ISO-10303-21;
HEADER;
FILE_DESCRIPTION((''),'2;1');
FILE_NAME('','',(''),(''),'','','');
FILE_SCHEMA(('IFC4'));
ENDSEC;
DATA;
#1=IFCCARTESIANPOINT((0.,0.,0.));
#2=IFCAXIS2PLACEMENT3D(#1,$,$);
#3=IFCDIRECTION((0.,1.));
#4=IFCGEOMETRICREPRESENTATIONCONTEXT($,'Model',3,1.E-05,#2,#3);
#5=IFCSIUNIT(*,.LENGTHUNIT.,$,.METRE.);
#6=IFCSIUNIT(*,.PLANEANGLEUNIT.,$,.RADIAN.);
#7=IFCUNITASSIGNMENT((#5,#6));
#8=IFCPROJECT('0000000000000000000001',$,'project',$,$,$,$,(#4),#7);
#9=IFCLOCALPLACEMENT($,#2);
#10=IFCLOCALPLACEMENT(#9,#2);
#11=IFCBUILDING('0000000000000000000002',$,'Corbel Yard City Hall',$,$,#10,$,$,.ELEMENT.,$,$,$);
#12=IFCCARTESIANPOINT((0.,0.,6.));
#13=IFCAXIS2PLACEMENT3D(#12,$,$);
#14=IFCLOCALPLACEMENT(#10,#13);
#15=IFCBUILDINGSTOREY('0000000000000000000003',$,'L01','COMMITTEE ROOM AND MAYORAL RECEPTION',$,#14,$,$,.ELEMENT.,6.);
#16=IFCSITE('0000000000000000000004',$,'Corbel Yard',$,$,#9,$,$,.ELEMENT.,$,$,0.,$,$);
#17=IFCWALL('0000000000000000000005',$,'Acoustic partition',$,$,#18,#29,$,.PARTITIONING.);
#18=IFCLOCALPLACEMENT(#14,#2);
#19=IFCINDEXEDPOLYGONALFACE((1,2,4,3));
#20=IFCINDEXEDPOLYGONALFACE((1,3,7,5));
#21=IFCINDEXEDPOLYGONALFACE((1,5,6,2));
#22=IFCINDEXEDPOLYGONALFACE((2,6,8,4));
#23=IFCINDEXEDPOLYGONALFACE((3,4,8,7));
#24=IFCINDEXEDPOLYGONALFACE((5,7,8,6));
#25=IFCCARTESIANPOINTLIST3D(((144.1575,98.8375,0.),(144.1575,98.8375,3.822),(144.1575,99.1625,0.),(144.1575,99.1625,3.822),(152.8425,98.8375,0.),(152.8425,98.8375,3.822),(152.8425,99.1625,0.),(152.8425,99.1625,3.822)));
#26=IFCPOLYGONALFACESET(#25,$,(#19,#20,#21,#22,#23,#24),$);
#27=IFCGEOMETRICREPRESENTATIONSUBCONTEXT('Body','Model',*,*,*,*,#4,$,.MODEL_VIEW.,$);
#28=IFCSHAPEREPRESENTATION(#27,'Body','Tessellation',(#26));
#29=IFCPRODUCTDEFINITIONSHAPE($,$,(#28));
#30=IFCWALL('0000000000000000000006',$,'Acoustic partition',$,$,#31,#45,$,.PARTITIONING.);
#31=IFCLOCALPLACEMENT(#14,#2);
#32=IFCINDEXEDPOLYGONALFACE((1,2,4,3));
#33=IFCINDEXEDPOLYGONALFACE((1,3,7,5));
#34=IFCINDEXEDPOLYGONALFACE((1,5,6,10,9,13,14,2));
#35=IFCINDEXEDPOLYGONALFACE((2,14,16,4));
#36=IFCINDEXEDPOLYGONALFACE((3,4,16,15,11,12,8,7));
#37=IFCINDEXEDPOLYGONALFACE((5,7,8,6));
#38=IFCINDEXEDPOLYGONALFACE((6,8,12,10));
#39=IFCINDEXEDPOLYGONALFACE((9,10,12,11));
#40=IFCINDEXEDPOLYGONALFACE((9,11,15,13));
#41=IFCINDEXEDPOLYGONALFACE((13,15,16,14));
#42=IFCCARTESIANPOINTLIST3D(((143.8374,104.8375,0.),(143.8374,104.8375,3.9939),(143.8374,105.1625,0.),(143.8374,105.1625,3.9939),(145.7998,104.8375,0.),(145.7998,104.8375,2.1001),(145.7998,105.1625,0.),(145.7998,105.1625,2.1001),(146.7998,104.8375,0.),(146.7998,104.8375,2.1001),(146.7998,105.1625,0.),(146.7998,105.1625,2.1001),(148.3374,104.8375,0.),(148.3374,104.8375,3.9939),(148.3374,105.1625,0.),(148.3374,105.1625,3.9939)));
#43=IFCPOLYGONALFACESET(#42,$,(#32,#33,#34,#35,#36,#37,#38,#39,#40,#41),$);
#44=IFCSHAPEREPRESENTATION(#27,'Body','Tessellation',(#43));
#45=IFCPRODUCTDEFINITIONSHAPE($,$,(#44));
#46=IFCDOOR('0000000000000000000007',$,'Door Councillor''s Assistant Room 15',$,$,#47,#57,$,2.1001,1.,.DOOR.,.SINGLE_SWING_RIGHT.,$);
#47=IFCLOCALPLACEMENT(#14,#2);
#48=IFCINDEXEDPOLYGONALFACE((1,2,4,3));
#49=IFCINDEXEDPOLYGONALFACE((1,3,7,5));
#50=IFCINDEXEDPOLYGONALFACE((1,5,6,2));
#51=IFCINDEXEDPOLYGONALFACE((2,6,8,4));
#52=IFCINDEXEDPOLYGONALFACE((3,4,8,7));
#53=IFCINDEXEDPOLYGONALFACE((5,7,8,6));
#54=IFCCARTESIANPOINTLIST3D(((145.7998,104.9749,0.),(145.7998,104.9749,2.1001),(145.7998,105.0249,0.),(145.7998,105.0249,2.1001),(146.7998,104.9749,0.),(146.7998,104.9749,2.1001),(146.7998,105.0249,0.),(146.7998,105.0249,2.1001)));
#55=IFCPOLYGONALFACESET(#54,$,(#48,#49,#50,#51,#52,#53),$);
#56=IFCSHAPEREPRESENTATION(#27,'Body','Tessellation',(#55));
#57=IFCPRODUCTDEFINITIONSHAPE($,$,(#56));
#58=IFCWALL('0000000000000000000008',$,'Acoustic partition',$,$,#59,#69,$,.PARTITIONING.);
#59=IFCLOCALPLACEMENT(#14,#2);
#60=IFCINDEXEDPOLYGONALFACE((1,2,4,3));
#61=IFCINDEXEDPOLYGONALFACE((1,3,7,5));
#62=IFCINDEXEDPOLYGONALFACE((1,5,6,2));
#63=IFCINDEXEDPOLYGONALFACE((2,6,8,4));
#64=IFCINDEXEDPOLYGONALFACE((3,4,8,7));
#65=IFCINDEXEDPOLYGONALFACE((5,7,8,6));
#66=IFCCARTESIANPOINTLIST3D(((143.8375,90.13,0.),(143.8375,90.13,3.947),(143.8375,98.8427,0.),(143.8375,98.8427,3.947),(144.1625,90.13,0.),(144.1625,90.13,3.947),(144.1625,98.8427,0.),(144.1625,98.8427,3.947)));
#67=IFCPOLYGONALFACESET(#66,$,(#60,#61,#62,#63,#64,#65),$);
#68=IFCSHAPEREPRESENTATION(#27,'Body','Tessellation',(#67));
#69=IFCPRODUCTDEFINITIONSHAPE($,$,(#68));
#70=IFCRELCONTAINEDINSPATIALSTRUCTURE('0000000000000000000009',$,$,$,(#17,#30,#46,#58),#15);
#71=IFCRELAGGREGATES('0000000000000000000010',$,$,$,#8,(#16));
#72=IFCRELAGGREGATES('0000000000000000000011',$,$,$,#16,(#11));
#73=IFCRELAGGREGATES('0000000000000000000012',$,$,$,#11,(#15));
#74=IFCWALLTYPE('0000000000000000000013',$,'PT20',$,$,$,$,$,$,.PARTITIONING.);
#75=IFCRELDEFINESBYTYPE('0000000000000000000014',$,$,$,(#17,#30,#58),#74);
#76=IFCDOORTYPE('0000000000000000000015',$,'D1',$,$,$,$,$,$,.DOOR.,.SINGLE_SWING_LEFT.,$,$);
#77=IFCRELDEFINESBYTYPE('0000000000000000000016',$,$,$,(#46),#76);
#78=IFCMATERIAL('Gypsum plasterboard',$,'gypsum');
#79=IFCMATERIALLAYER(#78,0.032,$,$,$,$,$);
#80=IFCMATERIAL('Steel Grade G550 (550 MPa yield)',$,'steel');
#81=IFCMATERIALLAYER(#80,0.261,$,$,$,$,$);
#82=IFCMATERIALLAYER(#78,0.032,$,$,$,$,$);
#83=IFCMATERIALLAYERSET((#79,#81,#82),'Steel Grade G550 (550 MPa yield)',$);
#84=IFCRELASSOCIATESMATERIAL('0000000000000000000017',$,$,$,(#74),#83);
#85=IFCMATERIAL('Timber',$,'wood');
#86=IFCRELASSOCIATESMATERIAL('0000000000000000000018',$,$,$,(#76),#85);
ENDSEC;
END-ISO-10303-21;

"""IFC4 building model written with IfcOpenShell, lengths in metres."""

from ifc_helpers import new_model, si_unit, direction, frame, frame_2d, origin, place, context, subcontext, project, spatial, rectangle, extrude, material, layer, layer_set, type_object, element, fill, save


model = new_model("IFC4")

# Units and contexts
model_context = context("Model", 3, precision=1e-05, world=origin(), true_north=direction((0.0, 1.0)))
body_context = subcontext(model_context, "Body", "Model", "MODEL_VIEW")
ifc_project = project(units=[si_unit("LENGTHUNIT", "METRE"), si_unit("PLANEANGLEUNIT", "RADIAN")], contexts=[model_context])

# Site, building, storey
site_placement = place(None, origin())
site = spatial("IfcSite", under=ifc_project, at=site_placement, Name="Corbel Yard", CompositionType="ELEMENT", RefElevation=0.0)
building_placement = place(site_placement, origin())
building = spatial("IfcBuilding", under=site, at=building_placement, Name="Corbel Yard City Hall", CompositionType="ELEMENT")
storey_placement = place(building_placement, frame((0.0, 0.0, 6.0)))
storey = spatial("IfcBuildingStorey", under=building, at=storey_placement, Name="L01", Description="COMMITTEE ROOM AND MAYORAL RECEPTION", CompositionType="ELEMENT", Elevation=6.0)

# Wall
ifc_material_1 = material(Name="Gypsum plasterboard", Category="gypsum")
ifc_layer_1 = layer(ifc_material_1, 0.032)
ifc_material_2 = material(Name="Steel Grade G550 (550 MPa yield)", Category="steel")
ifc_layer_2 = layer(ifc_material_2, 0.261)
ifc_layer_3 = layer(ifc_material_1, 0.032)
ifc_layer_set_1 = layer_set([ifc_layer_1, ifc_layer_2, ifc_layer_3], Name="Steel Grade G550 (550 MPa yield)")
wall_type_1 = type_object("IfcWallType", Name="PT20", PredefinedType="PARTITIONING", material=ifc_layer_set_1)
wall_1_placement = place(storey_placement, frame((144.1575, 99.0, 0.0), z_axis=(0.0, 0.0, 1.0), x_axis=(1.0, 0.0, 0.0)))
element("IfcWall", 1, at=wall_1_placement, inside=storey, type_object=wall_type_1, Name="Acoustic partition", PredefinedType="PARTITIONING", context=body_context, shape_type="SweptSolid", body=[
    extrude(rectangle(XDim=8.6851, YDim=0.325, at=frame_2d((4.3425, 0.0))), origin(), (0.0, 0.0, 1.0), 3.822),
])

# Wall, opening, door
wall_2_placement = place(storey_placement, frame((143.8374, 105.0, 0.0), z_axis=(0.0, 0.0, 1.0), x_axis=(1.0, 0.0, 0.0)))
wall_2 = element("IfcWall", 2, at=wall_2_placement, inside=storey, type_object=wall_type_1, Name="Acoustic partition", PredefinedType="PARTITIONING", context=body_context, shape_type="SweptSolid", body=[
    extrude(rectangle(XDim=4.5, YDim=0.325, at=frame_2d((2.25, 0.0))), origin(), (0.0, 0.0, 1.0), 3.9939),
])
opening_1_placement = place(wall_2_placement, frame((1.9624, 0.0, 0.0)))
opening_1 = element("IfcOpeningElement", 3, at=opening_1_placement, cuts=wall_2, PredefinedType="OPENING", context=body_context, shape_type="SweptSolid", body=[
    extrude(rectangle(XDim=1.0, YDim=2.1001, at=frame_2d((0.5, 1.05))), frame((0.0, 0.1724, 0.0), z_axis=(0.0, -1.0, 0.0), x_axis=(1.0, 0.0, 0.0)), (0.0, 0.0, 1.0), 0.345),
])
ifc_material_3 = material(Name="Timber", Category="wood")
door_type = type_object("IfcDoorType", Name="D1", OperationType="SINGLE_SWING_LEFT", PredefinedType="DOOR", material=ifc_material_3)
door_placement = place(opening_1_placement, origin())
door = element("IfcDoor", 4, at=door_placement, inside=storey, type_object=door_type, Name="Door Councillor's Assistant Room 15", OperationType="SINGLE_SWING_RIGHT", OverallHeight=2.1001, OverallWidth=1.0, PredefinedType="DOOR", context=body_context, shape_type="SweptSolid", body=[
    extrude(rectangle(XDim=1.0, YDim=2.1001, at=frame_2d((0.5, 1.05))), frame((0.0, 0.0249, 0.0), z_axis=(0.0, -1.0, 0.0), x_axis=(1.0, 0.0, 0.0)), (0.0, 0.0, 1.0), 0.05),
])
fill(opening_1, door)

# Wall
wall_3_placement = place(storey_placement, frame((144.0, 90.1299, 0.0), z_axis=(0.0, 0.0, 1.0), x_axis=(0.0, 1.0, 0.0)))
element("IfcWall", 5, at=wall_3_placement, inside=storey, type_object=wall_type_1, Name="Acoustic partition", PredefinedType="PARTITIONING", context=body_context, shape_type="SweptSolid", body=[
    extrude(rectangle(XDim=8.7126, YDim=0.325, at=frame_2d((4.3564, 0.0))), origin(), (0.0, 0.0, 1.0), 3.947),
])

save(model, "model.ifc")
